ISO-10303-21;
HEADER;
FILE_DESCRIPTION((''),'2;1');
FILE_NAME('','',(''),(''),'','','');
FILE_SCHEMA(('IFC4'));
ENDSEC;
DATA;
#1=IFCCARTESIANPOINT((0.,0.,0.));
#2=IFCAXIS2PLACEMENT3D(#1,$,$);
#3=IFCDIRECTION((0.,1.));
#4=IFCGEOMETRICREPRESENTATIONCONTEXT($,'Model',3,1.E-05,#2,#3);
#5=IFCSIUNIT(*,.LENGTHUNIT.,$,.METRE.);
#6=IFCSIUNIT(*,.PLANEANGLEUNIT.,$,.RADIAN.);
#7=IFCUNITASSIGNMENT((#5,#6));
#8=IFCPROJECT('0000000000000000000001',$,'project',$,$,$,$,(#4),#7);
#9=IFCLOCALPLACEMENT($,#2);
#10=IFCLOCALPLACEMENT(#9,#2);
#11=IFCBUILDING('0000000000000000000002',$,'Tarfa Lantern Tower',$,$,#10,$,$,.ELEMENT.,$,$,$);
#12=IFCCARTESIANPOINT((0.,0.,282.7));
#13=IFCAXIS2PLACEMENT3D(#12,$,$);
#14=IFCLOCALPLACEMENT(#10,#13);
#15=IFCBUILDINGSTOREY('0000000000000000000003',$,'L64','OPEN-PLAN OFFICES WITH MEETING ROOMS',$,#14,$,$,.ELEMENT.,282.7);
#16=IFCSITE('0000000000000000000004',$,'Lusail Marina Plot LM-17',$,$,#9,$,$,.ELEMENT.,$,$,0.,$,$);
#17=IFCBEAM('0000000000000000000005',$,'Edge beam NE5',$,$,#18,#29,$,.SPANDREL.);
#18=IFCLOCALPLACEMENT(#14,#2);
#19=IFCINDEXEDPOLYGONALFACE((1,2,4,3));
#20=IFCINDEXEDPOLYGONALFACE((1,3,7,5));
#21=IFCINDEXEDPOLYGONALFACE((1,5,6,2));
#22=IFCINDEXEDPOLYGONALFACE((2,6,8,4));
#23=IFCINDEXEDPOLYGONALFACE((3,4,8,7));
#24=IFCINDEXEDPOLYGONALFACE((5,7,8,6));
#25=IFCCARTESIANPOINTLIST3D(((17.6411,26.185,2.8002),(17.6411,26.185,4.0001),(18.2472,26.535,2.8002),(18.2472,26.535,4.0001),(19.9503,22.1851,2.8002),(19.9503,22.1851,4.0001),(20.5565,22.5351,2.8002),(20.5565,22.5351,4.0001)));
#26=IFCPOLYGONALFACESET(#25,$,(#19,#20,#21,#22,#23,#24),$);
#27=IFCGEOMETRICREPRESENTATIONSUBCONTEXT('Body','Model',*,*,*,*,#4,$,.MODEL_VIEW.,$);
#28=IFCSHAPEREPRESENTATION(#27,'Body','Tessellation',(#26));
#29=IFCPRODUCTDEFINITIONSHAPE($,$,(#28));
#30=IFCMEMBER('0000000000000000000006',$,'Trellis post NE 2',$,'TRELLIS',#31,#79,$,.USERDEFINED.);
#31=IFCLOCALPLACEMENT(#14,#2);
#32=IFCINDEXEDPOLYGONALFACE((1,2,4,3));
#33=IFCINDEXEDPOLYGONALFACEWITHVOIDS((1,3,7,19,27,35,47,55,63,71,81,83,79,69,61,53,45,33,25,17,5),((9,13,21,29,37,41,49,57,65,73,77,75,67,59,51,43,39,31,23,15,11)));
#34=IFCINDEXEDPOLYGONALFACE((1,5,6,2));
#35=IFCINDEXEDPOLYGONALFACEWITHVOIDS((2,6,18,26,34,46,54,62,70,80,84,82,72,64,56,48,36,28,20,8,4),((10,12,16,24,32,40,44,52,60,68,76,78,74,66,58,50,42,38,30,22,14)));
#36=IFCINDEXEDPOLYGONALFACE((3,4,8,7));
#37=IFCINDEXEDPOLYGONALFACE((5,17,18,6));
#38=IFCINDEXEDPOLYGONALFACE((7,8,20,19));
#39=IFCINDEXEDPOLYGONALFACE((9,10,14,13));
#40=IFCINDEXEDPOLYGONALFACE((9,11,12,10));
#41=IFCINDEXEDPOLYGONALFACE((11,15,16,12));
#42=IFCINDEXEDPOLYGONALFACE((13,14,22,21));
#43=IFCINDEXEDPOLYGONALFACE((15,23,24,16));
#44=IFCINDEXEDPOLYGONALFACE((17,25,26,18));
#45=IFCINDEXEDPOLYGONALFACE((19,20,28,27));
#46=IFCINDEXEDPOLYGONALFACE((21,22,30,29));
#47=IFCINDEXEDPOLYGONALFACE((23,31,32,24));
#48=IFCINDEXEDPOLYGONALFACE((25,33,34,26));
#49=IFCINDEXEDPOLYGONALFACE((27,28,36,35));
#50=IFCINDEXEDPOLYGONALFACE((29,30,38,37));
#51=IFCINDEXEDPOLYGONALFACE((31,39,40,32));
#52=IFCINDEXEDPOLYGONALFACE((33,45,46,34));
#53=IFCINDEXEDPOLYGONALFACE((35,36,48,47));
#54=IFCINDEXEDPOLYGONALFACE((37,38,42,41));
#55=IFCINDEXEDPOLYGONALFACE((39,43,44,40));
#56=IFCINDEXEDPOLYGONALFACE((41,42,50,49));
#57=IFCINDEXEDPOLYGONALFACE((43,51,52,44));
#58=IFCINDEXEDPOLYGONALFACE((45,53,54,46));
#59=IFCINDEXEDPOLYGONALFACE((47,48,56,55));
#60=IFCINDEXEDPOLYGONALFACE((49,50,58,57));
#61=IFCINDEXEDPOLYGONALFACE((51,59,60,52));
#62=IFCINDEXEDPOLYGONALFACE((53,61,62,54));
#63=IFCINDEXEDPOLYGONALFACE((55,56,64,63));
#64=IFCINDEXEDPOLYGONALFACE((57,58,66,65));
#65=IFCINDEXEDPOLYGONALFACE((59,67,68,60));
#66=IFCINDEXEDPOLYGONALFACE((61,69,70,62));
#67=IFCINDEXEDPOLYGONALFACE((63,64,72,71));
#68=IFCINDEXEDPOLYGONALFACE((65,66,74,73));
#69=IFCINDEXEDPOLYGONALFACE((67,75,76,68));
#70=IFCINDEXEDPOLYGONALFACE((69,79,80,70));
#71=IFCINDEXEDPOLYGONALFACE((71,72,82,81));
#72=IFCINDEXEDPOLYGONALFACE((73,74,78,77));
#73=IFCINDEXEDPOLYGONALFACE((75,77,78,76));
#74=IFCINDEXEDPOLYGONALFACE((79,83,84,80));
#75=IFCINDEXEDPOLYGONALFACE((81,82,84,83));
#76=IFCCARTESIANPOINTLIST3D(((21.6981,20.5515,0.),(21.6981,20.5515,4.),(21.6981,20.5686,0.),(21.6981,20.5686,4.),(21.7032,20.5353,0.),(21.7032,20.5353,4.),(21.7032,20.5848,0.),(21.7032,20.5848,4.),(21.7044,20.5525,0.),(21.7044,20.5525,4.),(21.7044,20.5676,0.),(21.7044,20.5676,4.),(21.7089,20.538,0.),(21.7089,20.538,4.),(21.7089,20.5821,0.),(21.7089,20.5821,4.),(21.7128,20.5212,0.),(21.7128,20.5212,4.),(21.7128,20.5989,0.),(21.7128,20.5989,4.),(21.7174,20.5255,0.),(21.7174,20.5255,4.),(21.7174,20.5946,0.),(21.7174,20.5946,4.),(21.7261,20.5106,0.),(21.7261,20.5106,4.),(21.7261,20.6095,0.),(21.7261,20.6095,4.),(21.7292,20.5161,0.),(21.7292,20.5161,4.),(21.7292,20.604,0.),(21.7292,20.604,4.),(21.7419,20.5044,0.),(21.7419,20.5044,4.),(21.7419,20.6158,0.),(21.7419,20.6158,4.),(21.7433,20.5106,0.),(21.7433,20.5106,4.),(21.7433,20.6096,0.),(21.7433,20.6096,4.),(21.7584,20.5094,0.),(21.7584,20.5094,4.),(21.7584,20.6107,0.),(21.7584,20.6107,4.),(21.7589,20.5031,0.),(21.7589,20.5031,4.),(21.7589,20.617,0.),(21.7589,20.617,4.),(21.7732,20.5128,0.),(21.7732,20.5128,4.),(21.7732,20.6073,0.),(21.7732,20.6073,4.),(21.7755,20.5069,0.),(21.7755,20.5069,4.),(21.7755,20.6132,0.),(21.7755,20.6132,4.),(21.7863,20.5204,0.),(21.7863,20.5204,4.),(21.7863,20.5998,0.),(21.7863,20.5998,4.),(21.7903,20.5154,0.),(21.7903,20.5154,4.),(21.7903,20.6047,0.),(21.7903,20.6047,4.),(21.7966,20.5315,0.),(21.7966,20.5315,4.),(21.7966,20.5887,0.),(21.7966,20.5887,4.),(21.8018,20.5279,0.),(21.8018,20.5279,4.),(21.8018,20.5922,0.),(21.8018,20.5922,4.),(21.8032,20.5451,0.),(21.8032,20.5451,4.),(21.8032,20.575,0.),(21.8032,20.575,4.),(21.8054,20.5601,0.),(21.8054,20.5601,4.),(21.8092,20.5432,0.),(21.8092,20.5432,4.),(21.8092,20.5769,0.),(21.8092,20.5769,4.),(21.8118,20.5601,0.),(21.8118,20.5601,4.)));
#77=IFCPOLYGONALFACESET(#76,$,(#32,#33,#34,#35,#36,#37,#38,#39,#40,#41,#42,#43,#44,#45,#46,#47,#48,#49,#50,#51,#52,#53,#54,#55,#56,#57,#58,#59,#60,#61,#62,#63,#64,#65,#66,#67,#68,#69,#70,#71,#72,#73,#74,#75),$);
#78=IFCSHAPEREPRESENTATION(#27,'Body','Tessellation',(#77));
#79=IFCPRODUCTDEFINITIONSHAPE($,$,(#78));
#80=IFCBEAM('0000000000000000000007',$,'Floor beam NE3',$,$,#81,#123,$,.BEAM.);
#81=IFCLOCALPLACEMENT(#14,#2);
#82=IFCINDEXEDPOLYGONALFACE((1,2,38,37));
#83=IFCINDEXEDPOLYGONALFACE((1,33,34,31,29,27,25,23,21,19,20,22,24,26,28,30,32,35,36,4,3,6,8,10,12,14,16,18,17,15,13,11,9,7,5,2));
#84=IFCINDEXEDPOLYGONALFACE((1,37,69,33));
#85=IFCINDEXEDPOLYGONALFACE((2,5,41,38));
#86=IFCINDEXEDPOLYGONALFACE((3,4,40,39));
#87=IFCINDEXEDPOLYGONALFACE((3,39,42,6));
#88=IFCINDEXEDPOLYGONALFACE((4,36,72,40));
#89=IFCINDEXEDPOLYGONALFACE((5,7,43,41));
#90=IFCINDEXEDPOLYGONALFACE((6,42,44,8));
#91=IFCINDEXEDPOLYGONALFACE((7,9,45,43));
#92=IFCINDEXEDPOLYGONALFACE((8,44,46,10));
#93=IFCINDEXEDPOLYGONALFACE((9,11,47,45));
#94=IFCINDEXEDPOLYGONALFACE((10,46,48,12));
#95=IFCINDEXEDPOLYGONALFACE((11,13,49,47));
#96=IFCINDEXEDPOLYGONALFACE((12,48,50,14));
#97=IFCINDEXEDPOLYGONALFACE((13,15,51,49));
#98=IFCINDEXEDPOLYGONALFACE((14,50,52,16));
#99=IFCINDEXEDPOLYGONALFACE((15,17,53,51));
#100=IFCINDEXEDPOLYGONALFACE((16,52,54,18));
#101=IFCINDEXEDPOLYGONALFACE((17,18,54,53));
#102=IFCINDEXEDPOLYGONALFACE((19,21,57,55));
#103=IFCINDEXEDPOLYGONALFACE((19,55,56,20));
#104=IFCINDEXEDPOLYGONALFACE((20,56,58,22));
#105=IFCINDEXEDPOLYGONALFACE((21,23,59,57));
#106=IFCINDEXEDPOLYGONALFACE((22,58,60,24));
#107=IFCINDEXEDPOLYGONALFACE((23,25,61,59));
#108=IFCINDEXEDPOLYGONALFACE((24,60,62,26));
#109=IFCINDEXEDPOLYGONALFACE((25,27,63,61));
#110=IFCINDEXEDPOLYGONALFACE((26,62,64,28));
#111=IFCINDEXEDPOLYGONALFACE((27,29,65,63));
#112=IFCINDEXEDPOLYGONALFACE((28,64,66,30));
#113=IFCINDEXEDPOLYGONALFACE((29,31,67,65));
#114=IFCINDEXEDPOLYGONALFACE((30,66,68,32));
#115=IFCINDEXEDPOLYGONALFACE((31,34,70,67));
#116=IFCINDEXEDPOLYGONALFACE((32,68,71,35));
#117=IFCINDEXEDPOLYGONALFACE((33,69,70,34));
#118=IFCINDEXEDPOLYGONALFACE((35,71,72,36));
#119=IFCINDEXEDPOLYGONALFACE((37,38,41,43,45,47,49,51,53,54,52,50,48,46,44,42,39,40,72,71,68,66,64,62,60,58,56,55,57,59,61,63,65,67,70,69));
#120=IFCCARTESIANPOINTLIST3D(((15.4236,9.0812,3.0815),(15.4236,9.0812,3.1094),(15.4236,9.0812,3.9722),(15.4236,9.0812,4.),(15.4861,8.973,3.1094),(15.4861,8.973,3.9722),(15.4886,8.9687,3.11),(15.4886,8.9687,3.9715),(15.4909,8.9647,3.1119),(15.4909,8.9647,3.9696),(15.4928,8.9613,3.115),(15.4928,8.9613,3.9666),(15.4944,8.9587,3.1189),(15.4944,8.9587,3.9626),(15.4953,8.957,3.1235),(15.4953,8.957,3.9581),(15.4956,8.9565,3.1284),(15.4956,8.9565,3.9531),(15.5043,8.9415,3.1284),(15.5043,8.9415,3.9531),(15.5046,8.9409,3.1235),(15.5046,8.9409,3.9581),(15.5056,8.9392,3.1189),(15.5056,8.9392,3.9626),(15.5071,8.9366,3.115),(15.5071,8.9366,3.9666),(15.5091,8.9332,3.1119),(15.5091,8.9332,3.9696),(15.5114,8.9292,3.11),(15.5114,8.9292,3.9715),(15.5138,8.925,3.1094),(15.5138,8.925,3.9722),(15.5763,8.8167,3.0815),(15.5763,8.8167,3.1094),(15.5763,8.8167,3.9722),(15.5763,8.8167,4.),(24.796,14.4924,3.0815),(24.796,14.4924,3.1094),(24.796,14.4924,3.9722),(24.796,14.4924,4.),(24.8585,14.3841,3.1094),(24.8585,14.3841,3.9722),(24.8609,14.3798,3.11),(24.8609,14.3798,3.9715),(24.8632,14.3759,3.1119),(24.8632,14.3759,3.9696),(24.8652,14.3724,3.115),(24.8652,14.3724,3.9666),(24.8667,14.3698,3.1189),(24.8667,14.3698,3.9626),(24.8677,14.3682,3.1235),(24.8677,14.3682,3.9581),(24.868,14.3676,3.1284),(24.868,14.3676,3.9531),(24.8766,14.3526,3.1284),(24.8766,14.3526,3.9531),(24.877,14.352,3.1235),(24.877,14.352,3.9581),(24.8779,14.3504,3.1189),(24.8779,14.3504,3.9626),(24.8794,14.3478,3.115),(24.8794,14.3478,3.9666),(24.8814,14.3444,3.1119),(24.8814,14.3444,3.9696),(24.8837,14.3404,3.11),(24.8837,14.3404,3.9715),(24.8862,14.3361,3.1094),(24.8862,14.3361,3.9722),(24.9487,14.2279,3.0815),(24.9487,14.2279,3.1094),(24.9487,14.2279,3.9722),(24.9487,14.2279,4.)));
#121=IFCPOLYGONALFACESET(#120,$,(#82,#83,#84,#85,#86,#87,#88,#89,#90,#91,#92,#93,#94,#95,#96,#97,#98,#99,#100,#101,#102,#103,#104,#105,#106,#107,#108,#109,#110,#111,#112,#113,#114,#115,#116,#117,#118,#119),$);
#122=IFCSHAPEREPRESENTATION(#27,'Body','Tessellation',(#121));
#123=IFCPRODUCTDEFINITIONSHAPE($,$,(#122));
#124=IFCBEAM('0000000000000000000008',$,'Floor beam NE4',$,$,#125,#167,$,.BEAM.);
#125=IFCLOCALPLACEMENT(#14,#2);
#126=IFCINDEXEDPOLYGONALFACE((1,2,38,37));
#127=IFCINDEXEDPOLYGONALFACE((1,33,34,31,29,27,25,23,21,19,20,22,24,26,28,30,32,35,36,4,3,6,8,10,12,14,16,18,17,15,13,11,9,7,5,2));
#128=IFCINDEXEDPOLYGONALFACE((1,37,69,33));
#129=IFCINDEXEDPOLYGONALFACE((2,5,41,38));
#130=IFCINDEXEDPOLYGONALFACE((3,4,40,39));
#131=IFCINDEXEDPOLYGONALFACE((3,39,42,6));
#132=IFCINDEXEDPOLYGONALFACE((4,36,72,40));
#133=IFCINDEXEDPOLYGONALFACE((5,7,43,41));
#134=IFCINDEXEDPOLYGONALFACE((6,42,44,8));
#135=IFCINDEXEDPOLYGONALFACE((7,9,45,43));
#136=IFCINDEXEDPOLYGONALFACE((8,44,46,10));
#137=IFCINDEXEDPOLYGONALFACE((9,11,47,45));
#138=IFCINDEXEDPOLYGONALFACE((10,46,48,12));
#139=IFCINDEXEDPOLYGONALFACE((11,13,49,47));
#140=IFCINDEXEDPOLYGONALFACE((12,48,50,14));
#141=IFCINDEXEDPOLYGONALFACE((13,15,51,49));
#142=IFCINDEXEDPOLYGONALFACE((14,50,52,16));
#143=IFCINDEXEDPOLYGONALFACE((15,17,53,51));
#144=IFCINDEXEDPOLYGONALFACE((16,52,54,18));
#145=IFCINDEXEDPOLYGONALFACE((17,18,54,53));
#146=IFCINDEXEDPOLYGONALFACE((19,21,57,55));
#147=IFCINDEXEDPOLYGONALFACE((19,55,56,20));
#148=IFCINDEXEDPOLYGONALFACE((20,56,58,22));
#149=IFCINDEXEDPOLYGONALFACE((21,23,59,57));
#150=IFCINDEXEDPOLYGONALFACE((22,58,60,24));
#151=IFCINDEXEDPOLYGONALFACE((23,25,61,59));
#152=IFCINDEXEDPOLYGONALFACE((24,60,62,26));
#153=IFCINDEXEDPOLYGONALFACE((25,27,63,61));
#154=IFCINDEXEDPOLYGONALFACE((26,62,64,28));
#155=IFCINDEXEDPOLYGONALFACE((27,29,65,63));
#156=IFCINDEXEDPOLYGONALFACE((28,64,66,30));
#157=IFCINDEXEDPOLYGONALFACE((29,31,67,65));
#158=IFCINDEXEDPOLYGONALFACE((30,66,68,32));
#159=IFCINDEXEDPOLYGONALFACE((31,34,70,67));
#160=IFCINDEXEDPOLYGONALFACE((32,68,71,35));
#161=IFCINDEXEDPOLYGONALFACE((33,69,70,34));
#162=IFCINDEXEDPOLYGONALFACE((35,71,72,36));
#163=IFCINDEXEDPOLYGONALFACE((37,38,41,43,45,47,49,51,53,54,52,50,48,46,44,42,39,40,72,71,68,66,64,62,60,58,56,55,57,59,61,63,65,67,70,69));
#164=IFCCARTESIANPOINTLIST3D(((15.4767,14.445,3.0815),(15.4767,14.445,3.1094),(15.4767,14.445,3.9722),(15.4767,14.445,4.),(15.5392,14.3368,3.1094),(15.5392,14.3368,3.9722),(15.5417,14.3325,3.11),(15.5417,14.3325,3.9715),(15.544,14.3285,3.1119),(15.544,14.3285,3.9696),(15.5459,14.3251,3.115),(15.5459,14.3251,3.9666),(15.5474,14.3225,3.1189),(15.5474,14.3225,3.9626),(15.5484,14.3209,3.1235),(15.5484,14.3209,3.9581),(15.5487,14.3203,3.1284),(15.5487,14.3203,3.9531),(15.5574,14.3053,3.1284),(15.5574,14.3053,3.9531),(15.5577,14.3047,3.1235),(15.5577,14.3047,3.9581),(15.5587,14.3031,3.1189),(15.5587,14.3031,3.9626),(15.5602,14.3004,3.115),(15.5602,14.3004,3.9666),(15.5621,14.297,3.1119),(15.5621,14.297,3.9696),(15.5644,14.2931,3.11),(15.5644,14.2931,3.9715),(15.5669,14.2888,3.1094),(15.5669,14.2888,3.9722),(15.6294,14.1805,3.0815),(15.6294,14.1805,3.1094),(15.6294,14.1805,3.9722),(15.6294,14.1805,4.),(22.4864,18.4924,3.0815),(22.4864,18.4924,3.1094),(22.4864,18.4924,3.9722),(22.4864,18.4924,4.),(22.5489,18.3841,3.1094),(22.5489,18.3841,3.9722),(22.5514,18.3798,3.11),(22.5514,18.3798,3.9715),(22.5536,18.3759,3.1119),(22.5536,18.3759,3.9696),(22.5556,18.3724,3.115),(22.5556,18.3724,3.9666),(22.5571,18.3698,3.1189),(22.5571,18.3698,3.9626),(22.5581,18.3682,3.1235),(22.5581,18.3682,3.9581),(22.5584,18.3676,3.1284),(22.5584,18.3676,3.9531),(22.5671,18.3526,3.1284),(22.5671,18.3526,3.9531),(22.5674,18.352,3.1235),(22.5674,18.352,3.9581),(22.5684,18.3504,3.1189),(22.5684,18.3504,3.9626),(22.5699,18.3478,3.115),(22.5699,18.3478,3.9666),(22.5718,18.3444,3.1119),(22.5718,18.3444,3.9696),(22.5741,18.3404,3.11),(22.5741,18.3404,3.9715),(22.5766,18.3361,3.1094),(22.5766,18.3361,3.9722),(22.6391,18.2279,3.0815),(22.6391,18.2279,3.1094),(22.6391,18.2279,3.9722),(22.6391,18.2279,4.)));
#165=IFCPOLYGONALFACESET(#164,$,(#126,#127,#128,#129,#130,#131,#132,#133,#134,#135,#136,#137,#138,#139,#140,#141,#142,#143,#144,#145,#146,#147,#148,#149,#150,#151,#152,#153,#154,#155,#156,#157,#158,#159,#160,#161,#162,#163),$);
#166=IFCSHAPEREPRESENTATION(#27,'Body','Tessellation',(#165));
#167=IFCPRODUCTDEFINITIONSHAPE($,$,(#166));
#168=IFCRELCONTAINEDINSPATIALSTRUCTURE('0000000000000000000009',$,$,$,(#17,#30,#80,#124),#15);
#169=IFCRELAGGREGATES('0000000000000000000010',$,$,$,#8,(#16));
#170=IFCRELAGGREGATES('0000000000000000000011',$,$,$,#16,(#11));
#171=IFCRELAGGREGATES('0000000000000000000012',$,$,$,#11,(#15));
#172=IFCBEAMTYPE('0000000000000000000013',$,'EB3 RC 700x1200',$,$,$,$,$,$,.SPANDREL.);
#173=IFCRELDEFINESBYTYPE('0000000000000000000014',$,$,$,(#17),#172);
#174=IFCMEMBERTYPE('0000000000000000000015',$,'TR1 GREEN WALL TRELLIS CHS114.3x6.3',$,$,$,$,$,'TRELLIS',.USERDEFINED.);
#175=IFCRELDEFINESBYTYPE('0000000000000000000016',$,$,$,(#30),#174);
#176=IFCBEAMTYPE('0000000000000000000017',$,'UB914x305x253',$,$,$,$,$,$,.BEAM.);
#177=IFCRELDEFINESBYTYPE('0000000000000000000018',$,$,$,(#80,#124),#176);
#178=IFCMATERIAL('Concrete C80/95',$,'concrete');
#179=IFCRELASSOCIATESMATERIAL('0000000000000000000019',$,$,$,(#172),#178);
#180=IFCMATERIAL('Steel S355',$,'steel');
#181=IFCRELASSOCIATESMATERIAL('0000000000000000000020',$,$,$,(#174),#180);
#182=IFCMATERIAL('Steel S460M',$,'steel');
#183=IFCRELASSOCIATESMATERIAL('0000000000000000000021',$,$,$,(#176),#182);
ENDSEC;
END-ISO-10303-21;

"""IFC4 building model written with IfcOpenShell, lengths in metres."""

from ifc_helpers import new_model, si_unit, direction, frame, origin, origin_2d, place, context, subcontext, project, spatial, rectangle, hollow_circle, i_section, extrude, material, material_profile, profile_set, type_object, element, save


model = new_model("IFC4")

# Units and contexts
model_context = context("Model", 3, precision=1e-05, world=origin(), true_north=direction((0.0, 1.0)))
body_context = subcontext(model_context, "Body", "Model", "MODEL_VIEW")
ifc_project = project(units=[si_unit("LENGTHUNIT", "METRE"), si_unit("PLANEANGLEUNIT", "RADIAN")], contexts=[model_context])

# Site, building, storey
site_placement = place(None, origin())
site = spatial("IfcSite", under=ifc_project, at=site_placement, Name="Lusail Marina Plot LM-17", CompositionType="ELEMENT", RefElevation=0.0)
building_placement = place(site_placement, origin())
building = spatial("IfcBuilding", under=site, at=building_placement, Name="Tarfa Lantern Tower", CompositionType="ELEMENT")
storey_placement = place(building_placement, frame((0.0, 0.0, 282.7)))
storey = spatial("IfcBuildingStorey", under=building, at=storey_placement, Name="L64", Description="OPEN-PLAN OFFICES WITH MEETING ROOMS", CompositionType="ELEMENT", Elevation=282.7)

# Shared definitions
ifc_material_1 = material(Name="Concrete C80/95", Category="concrete")

# Beam
ifc_material_profile_1 = material_profile(ifc_material_1, rectangle(XDim=0.7, YDim=1.2, at=origin_2d()), Name="RC 700x1200")
ifc_profile_set_1 = profile_set([ifc_material_profile_1], Name="Concrete C80/95")
beam_type_1 = type_object("IfcBeamType", Name="EB3 RC 700x1200", PredefinedType="SPANDREL", material=ifc_profile_set_1)
for number, where, z_axis, x_axis, name in (
    (1, (20.2534, 22.3601, 3.4001), (-0.499988, 0.866032, 0.0), (-0.866032, -0.499988, 0.0), "Edge beam NE5"),
):
    element("IfcBeam", number, at=place(storey_placement, frame(where, z_axis=z_axis, x_axis=x_axis)), inside=storey, type_object=beam_type_1, Name=name, PredefinedType="SPANDREL", context=body_context, shape_type="SweptSolid", body=[
        extrude(rectangle(XDim=0.7, YDim=1.2, at=origin_2d()), origin(), (0.0, 0.0, 1.0), 4.6187),
    ])

# Member
ifc_material_2 = material(Name="Steel S355", Category="steel")
ifc_material_profile_2 = material_profile(ifc_material_2, hollow_circle(Radius=0.0571, WallThickness=0.0063, at=origin_2d()), Name="CHS114.3x6.3")
ifc_profile_set_2 = profile_set([ifc_material_profile_2], Name="Steel S355")
member_type_1 = type_object("IfcMemberType", Name="TR1 GREEN WALL TRELLIS CHS114.3x6.3", ElementType="TRELLIS", PredefinedType="USERDEFINED", material=ifc_profile_set_2)
member_1_placement = place(storey_placement, frame((21.7546, 20.5601, 0.0), z_axis=(0.0, 0.0, 1.0), x_axis=(1.0, 0.0, 0.0)))
element("IfcMember", 2, at=member_1_placement, inside=storey, type_object=member_type_1, Name="Trellis post NE 2", ObjectType="TRELLIS", PredefinedType="USERDEFINED", context=body_context, shape_type="SweptSolid", body=[
    extrude(hollow_circle(Radius=0.0571, WallThickness=0.0063, at=origin_2d()), origin(), (0.0, 0.0, 1.0), 4.0),
])

# Beams
ifc_material_3 = material(Name="Steel S460M", Category="steel")
ifc_material_profile_3 = material_profile(ifc_material_3, i_section(OverallWidth=0.3054, OverallDepth=0.9185, WebThickness=0.0173, FlangeThickness=0.0278, FilletRadius=0.019, at=origin_2d()), Name="UB914x305x253")
ifc_profile_set_3 = profile_set([ifc_material_profile_3], Name="Steel S460M")
beam_type_2 = type_object("IfcBeamType", Name="UB914x305x253", PredefinedType="BEAM", material=ifc_profile_set_3)
beam_1_placement = place(storey_placement, frame((24.8723, 14.3601, 3.5408), z_axis=(-0.866024, -0.500002, 0.0), x_axis=(0.500002, -0.866024, 0.0)))
element("IfcBeam", 3, at=beam_1_placement, inside=storey, type_object=beam_type_2, Name="Floor beam NE3", PredefinedType="BEAM", context=body_context, shape_type="SweptSolid", body=[
    extrude(i_section(OverallWidth=0.3054, OverallDepth=0.9185, WebThickness=0.0173, FlangeThickness=0.0278, FilletRadius=0.019, at=origin_2d()), origin(), (0.0, 0.0, 1.0), 10.8223),
])
beam_2_placement = place(storey_placement, frame((22.5627, 18.3601, 3.5408), z_axis=(-0.866011, -0.500025, 0.0), x_axis=(0.500025, -0.866011, 0.0)))
element("IfcBeam", 4, at=beam_2_placement, inside=storey, type_object=beam_type_2, Name="Floor beam NE4", PredefinedType="BEAM", context=body_context, shape_type="SweptSolid", body=[
    extrude(i_section(OverallWidth=0.3054, OverallDepth=0.9185, WebThickness=0.0173, FlangeThickness=0.0278, FilletRadius=0.019, at=origin_2d()), origin(), (0.0, 0.0, 1.0), 8.0942),
])

save(model, "model.ifc")
